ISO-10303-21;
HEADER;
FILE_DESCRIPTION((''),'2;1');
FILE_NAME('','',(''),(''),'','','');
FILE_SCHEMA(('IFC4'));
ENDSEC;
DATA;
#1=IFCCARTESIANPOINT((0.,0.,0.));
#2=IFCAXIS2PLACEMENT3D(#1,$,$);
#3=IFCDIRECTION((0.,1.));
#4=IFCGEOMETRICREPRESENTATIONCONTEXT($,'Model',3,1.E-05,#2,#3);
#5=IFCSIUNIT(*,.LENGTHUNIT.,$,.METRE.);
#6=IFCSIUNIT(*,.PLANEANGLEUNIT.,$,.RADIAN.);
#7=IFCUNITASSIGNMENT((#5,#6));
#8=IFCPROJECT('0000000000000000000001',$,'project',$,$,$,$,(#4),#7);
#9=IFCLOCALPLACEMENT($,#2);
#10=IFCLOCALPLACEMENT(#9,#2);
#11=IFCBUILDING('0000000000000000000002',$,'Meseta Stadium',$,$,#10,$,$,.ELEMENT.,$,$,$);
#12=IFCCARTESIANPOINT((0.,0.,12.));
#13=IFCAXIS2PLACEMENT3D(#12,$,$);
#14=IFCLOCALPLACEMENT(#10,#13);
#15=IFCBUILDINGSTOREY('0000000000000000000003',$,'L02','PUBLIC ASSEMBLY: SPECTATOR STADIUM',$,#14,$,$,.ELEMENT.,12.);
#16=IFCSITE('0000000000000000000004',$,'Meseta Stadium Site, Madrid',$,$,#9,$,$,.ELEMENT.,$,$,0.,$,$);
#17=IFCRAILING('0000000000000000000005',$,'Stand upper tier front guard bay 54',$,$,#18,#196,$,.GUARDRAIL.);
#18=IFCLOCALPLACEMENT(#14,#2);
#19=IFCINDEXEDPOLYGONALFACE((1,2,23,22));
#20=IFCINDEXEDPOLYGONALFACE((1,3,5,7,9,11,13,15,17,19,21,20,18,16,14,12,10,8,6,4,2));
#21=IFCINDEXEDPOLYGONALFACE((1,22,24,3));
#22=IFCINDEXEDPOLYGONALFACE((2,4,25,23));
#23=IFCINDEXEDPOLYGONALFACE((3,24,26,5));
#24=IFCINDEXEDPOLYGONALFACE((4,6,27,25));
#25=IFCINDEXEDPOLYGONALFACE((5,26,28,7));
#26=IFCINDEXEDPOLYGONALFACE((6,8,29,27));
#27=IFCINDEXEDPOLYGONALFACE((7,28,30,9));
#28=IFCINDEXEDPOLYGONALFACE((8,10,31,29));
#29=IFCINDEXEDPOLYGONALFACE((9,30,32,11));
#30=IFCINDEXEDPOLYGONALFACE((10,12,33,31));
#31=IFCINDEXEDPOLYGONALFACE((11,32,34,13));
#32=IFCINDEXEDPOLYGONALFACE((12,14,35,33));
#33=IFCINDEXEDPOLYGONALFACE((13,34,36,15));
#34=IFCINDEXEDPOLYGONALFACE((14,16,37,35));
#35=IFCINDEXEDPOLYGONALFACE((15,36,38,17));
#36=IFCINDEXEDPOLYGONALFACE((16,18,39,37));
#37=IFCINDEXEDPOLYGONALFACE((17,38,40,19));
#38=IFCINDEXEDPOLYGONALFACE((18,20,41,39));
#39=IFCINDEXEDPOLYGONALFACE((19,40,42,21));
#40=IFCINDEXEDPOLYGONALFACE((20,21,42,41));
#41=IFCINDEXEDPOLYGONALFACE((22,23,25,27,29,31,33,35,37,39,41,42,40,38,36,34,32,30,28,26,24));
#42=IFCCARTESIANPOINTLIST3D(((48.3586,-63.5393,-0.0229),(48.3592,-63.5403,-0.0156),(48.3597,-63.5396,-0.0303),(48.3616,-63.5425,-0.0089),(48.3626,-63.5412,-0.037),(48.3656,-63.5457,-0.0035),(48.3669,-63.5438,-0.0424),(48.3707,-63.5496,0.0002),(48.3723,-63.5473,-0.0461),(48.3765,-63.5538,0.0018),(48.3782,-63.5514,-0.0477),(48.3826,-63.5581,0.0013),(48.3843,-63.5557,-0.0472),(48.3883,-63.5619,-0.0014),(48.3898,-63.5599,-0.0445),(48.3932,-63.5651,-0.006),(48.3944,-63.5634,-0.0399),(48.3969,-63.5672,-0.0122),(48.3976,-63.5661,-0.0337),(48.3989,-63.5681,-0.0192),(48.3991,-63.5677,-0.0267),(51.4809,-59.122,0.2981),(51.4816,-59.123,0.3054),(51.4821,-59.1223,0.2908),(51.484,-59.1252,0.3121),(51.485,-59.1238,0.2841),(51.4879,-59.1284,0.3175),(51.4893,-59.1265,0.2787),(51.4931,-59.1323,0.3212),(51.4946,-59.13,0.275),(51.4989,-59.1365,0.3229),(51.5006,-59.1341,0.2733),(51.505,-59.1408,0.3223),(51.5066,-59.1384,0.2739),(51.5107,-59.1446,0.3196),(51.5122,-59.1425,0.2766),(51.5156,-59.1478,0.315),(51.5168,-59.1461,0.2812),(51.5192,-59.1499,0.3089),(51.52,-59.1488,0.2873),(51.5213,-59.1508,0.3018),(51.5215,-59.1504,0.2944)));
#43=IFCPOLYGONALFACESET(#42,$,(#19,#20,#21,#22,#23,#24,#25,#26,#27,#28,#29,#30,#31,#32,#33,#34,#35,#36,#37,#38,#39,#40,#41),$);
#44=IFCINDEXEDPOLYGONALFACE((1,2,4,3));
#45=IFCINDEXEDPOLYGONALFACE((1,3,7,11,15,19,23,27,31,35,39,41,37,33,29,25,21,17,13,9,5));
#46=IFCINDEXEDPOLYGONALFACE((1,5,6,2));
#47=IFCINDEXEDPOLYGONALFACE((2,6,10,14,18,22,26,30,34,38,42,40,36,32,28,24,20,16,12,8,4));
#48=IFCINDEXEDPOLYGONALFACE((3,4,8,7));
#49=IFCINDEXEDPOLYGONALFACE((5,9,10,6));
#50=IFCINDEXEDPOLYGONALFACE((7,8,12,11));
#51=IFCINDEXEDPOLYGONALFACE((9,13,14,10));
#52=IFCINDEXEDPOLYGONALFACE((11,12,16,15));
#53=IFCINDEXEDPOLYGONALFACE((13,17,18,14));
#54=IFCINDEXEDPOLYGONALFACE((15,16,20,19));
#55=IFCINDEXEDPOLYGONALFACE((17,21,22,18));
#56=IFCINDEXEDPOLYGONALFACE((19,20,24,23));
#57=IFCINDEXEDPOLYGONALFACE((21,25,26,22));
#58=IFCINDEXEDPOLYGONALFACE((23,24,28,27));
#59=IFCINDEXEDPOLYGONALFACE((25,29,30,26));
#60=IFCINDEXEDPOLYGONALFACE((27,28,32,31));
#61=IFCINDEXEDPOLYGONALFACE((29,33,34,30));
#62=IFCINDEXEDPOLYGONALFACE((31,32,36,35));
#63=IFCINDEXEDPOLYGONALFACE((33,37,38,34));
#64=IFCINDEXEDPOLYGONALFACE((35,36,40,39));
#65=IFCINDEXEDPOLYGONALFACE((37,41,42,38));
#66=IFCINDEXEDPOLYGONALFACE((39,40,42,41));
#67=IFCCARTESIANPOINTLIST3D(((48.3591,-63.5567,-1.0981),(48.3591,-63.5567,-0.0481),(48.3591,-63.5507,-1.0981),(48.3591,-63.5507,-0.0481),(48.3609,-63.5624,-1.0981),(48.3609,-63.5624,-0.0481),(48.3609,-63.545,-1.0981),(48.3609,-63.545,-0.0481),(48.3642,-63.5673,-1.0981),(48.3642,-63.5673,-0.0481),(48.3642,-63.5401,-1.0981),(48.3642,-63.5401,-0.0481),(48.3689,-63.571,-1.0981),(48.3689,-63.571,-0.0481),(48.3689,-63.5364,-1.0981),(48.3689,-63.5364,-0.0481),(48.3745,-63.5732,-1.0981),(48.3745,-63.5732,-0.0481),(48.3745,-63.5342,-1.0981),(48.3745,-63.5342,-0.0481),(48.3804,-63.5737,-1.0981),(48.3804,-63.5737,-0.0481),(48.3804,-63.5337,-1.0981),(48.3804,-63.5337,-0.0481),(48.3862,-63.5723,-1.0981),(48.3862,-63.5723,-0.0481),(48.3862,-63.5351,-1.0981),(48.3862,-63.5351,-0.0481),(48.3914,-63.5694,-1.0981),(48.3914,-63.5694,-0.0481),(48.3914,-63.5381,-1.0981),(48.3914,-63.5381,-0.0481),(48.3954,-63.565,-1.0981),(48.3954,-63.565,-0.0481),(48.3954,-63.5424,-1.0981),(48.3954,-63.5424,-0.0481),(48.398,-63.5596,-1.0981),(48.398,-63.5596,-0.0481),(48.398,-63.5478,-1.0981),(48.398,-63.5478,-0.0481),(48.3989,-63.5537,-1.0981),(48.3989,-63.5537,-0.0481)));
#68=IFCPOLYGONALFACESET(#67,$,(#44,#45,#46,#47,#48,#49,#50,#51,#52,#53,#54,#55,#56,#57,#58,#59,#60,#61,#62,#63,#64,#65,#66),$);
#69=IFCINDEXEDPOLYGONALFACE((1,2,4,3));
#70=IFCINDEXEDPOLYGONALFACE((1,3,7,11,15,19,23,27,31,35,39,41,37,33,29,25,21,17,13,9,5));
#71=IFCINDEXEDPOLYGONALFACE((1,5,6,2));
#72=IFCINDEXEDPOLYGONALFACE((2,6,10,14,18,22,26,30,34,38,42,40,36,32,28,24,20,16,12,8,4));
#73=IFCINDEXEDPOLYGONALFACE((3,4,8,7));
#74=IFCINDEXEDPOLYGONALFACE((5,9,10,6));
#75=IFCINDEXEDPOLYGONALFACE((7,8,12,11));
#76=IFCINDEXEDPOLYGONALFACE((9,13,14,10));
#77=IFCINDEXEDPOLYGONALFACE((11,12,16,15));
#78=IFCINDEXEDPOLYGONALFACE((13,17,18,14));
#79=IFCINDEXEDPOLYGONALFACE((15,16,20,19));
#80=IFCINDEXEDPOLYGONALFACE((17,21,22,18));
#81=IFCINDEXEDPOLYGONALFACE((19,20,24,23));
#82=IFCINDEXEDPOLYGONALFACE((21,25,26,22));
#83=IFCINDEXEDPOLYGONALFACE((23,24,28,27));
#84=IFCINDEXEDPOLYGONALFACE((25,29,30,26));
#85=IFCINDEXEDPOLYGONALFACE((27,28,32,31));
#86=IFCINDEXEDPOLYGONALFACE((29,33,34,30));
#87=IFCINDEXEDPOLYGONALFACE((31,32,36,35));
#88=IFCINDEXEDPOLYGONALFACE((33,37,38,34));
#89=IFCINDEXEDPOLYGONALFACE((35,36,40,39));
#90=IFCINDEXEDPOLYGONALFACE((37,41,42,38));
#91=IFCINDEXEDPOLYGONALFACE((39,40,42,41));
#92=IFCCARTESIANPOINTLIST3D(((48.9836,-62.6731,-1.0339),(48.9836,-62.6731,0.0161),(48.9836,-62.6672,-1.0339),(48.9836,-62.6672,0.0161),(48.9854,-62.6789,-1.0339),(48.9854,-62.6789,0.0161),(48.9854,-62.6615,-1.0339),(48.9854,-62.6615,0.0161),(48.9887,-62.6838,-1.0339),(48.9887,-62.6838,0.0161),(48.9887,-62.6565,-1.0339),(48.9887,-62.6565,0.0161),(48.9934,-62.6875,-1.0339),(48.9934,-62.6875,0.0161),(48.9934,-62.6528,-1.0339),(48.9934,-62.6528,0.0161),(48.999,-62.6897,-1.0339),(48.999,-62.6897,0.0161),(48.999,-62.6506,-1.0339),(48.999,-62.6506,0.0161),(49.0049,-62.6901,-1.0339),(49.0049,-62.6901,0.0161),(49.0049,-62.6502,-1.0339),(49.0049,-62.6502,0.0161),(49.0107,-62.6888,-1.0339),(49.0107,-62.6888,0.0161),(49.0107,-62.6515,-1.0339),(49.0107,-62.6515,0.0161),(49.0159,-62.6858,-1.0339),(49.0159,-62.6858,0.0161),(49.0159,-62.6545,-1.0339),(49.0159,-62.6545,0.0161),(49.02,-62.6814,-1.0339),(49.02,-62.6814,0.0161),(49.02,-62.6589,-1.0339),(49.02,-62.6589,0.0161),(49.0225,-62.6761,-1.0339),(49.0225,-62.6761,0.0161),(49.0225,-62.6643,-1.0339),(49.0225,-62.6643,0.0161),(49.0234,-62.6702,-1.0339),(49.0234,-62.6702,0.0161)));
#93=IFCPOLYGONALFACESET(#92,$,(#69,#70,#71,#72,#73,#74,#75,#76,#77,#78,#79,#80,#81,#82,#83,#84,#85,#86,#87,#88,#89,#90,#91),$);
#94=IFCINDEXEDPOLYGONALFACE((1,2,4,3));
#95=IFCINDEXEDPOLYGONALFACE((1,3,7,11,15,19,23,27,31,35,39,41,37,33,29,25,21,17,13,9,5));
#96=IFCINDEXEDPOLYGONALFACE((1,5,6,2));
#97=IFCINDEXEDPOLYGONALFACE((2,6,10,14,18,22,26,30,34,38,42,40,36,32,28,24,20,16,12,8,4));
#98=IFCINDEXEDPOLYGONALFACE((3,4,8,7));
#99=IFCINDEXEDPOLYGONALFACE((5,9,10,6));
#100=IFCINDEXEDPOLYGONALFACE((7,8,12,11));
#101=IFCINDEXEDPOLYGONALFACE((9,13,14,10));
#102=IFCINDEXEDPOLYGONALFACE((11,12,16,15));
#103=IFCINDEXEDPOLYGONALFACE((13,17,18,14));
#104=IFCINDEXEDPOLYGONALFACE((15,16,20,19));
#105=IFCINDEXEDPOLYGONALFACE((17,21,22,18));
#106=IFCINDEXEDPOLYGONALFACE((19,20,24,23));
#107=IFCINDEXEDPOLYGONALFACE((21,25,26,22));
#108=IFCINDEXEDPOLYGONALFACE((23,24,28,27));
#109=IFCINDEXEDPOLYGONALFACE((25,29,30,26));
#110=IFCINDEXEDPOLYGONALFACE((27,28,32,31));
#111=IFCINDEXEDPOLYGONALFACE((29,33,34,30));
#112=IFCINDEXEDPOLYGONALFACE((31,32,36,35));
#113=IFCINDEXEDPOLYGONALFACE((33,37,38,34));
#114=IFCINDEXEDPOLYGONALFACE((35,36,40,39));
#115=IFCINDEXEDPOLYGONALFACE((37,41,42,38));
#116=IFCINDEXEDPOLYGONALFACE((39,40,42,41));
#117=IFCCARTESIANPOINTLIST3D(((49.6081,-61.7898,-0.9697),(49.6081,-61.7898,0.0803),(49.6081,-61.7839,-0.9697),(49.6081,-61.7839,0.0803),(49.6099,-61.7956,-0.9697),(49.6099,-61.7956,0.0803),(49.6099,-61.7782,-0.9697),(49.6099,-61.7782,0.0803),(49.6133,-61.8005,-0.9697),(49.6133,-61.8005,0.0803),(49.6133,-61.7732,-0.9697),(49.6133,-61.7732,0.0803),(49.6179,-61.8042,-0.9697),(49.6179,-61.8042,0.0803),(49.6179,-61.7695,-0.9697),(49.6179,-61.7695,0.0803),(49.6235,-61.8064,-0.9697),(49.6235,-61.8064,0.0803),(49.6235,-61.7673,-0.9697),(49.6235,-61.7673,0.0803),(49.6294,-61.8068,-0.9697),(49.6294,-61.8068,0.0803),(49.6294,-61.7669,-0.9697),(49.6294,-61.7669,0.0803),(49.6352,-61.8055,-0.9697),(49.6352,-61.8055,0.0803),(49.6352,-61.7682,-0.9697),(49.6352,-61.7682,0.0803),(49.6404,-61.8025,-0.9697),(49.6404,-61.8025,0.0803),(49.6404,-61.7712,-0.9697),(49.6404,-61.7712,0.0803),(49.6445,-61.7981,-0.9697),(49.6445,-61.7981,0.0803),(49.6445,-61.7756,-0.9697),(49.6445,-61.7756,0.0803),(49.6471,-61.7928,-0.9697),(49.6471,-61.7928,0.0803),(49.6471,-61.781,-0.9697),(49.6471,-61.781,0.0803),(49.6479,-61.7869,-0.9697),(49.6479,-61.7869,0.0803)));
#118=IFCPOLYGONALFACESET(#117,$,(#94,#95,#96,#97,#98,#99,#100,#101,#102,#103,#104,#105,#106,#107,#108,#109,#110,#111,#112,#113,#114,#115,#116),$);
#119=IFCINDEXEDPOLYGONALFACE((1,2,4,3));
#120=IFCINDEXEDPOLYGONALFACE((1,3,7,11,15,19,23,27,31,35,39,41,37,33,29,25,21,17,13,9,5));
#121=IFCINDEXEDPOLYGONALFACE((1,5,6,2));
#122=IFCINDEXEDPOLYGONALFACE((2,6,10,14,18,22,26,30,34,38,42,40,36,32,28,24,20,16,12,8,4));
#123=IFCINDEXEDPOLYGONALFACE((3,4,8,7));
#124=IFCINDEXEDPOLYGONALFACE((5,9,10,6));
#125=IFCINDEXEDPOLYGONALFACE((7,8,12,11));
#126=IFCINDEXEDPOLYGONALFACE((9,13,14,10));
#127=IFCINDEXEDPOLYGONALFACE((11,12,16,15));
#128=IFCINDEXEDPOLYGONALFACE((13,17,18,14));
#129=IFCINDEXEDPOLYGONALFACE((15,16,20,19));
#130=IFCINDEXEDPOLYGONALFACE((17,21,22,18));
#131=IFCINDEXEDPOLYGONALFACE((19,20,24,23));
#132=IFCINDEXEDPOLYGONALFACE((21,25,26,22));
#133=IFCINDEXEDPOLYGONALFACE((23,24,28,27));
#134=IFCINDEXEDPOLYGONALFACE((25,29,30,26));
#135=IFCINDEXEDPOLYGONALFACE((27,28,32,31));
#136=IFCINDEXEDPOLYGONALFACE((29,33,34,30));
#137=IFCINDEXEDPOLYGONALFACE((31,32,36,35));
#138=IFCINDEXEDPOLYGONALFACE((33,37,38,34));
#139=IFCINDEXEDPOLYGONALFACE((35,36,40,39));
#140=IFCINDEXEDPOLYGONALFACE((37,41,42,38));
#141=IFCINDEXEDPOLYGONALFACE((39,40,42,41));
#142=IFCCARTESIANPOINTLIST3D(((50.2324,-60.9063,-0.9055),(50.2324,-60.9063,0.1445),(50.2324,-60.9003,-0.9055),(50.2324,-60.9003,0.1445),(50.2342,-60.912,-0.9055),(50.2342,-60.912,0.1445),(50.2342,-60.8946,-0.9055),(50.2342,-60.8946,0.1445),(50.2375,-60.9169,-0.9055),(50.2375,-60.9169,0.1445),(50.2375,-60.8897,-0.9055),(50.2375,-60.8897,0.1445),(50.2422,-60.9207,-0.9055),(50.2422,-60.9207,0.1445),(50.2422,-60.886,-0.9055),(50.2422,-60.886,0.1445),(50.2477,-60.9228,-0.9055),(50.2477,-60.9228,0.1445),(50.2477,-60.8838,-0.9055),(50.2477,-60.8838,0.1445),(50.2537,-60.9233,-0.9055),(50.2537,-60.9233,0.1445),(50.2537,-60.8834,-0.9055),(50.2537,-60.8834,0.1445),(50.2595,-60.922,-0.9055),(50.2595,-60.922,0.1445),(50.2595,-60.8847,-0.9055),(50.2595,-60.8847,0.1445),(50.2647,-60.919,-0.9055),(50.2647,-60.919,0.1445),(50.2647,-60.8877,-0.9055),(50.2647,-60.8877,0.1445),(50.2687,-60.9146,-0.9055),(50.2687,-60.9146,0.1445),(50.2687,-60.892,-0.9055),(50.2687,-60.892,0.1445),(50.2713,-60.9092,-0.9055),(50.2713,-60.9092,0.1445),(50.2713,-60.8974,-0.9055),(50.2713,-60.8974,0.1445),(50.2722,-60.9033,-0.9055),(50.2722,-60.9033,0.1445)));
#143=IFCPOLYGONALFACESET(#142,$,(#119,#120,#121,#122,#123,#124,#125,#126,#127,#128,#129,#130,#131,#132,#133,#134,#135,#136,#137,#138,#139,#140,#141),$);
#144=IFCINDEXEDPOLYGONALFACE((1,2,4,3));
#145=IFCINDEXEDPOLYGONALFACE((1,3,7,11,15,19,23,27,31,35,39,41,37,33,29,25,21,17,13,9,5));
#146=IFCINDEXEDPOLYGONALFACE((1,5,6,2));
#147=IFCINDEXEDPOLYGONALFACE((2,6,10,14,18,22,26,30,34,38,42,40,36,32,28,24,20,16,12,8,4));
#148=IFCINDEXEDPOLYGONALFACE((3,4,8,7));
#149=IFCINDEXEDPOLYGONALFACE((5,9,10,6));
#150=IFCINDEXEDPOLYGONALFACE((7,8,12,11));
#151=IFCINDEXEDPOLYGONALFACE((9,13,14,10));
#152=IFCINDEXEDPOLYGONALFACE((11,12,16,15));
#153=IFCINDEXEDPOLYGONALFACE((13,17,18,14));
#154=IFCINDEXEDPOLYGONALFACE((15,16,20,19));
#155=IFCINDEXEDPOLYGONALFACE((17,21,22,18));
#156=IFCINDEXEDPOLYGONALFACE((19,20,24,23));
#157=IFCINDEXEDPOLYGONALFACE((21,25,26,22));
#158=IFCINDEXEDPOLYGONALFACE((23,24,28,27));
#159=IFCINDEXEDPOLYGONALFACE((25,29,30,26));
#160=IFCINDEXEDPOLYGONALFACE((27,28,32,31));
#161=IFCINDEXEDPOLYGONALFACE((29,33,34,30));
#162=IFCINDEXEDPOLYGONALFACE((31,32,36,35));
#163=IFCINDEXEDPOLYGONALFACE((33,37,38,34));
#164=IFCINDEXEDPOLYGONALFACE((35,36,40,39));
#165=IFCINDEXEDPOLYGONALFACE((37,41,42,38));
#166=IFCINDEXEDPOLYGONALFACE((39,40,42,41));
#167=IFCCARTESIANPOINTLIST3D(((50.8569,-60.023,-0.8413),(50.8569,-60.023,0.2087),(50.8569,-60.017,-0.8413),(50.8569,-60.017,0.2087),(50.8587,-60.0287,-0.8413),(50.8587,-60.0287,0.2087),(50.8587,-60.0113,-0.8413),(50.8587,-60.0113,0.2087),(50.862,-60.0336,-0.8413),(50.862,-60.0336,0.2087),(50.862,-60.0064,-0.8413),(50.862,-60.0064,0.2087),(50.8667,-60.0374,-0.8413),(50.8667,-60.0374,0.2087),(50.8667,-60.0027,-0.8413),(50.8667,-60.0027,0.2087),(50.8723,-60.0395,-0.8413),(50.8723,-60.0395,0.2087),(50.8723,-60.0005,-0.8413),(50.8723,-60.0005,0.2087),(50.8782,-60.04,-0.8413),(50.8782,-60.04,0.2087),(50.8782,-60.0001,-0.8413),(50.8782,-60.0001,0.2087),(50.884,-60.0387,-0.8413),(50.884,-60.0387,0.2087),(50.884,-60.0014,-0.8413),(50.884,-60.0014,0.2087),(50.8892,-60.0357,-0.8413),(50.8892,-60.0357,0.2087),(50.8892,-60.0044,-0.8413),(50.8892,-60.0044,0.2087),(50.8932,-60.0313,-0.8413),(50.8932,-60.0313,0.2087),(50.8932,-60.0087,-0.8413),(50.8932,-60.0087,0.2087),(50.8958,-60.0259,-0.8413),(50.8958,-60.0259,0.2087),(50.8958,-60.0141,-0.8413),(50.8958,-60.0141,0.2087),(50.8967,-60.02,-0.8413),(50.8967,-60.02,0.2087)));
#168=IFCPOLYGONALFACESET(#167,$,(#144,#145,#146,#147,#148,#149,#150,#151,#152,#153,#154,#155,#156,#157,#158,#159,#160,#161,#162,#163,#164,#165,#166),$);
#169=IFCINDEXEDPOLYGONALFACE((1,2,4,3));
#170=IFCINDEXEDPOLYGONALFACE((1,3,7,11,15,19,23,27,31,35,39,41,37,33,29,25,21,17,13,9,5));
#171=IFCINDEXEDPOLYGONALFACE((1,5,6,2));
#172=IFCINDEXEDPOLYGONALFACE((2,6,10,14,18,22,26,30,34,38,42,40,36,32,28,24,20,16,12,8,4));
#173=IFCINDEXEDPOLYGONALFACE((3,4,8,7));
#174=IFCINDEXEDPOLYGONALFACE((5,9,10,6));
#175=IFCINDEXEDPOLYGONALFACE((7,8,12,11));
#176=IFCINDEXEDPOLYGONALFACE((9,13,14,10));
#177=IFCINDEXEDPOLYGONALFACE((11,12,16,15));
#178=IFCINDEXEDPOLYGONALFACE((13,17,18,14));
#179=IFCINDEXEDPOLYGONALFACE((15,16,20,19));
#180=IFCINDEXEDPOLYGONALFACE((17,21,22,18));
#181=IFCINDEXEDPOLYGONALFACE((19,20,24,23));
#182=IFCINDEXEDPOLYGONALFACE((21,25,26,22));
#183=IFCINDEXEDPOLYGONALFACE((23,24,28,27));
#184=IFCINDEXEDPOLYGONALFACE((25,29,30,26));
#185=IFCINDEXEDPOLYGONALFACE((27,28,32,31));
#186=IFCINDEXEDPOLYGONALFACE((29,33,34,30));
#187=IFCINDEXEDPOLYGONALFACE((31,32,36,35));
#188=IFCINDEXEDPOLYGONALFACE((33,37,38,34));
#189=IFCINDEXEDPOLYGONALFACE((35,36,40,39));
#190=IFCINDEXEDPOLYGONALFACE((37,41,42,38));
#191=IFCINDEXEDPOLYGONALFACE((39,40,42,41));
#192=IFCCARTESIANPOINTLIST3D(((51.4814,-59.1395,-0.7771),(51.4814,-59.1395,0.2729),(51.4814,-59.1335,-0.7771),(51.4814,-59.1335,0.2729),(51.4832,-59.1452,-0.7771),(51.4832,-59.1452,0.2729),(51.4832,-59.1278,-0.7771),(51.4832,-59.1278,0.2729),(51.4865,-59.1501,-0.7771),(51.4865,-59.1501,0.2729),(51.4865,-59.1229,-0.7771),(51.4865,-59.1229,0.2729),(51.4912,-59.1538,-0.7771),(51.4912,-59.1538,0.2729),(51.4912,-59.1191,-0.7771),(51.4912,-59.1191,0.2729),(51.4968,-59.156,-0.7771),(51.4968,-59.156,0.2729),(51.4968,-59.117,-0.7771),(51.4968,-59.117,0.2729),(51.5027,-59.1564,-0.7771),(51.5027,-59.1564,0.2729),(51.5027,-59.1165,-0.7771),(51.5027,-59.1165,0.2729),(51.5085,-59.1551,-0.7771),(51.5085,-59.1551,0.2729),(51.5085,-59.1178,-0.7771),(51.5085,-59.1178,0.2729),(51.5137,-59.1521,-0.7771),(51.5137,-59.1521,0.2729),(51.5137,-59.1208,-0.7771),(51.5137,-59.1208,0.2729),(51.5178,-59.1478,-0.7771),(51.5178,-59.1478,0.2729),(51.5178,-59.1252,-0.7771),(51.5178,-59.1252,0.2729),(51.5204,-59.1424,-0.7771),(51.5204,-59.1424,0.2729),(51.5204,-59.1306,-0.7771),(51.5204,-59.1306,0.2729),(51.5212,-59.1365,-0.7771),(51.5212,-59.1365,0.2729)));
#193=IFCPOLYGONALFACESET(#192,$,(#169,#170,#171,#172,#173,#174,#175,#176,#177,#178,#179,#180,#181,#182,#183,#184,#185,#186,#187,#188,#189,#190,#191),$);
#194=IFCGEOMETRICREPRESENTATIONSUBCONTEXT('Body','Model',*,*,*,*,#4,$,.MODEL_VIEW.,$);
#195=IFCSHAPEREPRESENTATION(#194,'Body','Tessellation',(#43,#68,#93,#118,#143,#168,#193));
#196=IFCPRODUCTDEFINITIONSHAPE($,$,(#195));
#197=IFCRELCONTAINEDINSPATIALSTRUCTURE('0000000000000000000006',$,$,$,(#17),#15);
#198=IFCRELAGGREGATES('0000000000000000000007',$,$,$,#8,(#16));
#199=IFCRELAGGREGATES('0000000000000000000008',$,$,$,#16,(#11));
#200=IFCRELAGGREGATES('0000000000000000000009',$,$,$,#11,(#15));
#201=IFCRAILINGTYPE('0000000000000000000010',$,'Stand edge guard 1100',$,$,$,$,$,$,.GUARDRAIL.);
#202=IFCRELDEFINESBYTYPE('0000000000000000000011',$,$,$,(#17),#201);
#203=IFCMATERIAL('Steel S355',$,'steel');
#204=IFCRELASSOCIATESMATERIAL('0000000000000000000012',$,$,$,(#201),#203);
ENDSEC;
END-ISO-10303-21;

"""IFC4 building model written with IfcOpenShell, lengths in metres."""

from ifc_helpers import new_model, si_unit, direction, frame, origin, origin_2d, place, context, subcontext, project, spatial, circle, extrude, material, type_object, element, save


model = new_model("IFC4")

# Units and contexts
model_context = context("Model", 3, precision=1e-05, world=origin(), true_north=direction((0.0, 1.0)))
body_context = subcontext(model_context, "Body", "Model", "MODEL_VIEW")
ifc_project = project(units=[si_unit("LENGTHUNIT", "METRE"), si_unit("PLANEANGLEUNIT", "RADIAN")], contexts=[model_context])

# Site, building, storey
site_placement = place(None, origin())
site = spatial("IfcSite", under=ifc_project, at=site_placement, Name="Meseta Stadium Site, Madrid", CompositionType="ELEMENT", RefElevation=0.0)
building_placement = place(site_placement, origin())
building = spatial("IfcBuilding", under=site, at=building_placement, Name="Meseta Stadium", CompositionType="ELEMENT")
storey_placement = place(building_placement, frame((0.0, 0.0, 12.0)))
storey = spatial("IfcBuildingStorey", under=building, at=storey_placement, Name="L02", Description="PUBLIC ASSEMBLY: SPECTATOR STADIUM", CompositionType="ELEMENT", Elevation=12.0)

# Railing
ifc_material_1 = material(Name="Steel S355", Category="steel")
railing_type = type_object("IfcRailingType", Name="Stand edge guard 1100", PredefinedType="GUARDRAIL", material=ifc_material_1)
railing_1_placement = place(storey_placement, frame((48.3789, -63.5537, -1.0981)))
element("IfcRailing", 1, at=railing_1_placement, inside=storey, type_object=railing_type, Name="Stand upper tier front guard bay 54", PredefinedType="GUARDRAIL", context=body_context, shape_type="SweptSolid", body=[
    extrude(circle(Radius=0.0249, at=origin_2d()), frame((0.0, 0.0, 1.0752), z_axis=(0.576195, 0.815162, 0.059246), x_axis=(-0.816596, 0.577209, 0.0)), (0.0, 0.0, 1.0), 5.4189),
    extrude(circle(Radius=0.02, at=origin_2d()), origin(), (0.0, 0.0, 1.0), 1.05),
    extrude(circle(Radius=0.02, at=origin_2d()), frame((0.6245, 0.8835, 0.0642)), (0.0, 0.0, 1.0), 1.05),
    extrude(circle(Radius=0.02, at=origin_2d()), frame((1.249, 1.7668, 0.1284)), (0.0, 0.0, 1.0), 1.05),
    extrude(circle(Radius=0.02, at=origin_2d()), frame((1.8733, 2.6504, 0.1926)), (0.0, 0.0, 1.0), 1.05),
    extrude(circle(Radius=0.02, at=origin_2d()), frame((2.4978, 3.5337, 0.2568)), (0.0, 0.0, 1.0), 1.05),
    extrude(circle(Radius=0.02, at=origin_2d()), frame((3.1223, 4.4172, 0.321)), (0.0, 0.0, 1.0), 1.05),
])

save(model, "model.ifc")
